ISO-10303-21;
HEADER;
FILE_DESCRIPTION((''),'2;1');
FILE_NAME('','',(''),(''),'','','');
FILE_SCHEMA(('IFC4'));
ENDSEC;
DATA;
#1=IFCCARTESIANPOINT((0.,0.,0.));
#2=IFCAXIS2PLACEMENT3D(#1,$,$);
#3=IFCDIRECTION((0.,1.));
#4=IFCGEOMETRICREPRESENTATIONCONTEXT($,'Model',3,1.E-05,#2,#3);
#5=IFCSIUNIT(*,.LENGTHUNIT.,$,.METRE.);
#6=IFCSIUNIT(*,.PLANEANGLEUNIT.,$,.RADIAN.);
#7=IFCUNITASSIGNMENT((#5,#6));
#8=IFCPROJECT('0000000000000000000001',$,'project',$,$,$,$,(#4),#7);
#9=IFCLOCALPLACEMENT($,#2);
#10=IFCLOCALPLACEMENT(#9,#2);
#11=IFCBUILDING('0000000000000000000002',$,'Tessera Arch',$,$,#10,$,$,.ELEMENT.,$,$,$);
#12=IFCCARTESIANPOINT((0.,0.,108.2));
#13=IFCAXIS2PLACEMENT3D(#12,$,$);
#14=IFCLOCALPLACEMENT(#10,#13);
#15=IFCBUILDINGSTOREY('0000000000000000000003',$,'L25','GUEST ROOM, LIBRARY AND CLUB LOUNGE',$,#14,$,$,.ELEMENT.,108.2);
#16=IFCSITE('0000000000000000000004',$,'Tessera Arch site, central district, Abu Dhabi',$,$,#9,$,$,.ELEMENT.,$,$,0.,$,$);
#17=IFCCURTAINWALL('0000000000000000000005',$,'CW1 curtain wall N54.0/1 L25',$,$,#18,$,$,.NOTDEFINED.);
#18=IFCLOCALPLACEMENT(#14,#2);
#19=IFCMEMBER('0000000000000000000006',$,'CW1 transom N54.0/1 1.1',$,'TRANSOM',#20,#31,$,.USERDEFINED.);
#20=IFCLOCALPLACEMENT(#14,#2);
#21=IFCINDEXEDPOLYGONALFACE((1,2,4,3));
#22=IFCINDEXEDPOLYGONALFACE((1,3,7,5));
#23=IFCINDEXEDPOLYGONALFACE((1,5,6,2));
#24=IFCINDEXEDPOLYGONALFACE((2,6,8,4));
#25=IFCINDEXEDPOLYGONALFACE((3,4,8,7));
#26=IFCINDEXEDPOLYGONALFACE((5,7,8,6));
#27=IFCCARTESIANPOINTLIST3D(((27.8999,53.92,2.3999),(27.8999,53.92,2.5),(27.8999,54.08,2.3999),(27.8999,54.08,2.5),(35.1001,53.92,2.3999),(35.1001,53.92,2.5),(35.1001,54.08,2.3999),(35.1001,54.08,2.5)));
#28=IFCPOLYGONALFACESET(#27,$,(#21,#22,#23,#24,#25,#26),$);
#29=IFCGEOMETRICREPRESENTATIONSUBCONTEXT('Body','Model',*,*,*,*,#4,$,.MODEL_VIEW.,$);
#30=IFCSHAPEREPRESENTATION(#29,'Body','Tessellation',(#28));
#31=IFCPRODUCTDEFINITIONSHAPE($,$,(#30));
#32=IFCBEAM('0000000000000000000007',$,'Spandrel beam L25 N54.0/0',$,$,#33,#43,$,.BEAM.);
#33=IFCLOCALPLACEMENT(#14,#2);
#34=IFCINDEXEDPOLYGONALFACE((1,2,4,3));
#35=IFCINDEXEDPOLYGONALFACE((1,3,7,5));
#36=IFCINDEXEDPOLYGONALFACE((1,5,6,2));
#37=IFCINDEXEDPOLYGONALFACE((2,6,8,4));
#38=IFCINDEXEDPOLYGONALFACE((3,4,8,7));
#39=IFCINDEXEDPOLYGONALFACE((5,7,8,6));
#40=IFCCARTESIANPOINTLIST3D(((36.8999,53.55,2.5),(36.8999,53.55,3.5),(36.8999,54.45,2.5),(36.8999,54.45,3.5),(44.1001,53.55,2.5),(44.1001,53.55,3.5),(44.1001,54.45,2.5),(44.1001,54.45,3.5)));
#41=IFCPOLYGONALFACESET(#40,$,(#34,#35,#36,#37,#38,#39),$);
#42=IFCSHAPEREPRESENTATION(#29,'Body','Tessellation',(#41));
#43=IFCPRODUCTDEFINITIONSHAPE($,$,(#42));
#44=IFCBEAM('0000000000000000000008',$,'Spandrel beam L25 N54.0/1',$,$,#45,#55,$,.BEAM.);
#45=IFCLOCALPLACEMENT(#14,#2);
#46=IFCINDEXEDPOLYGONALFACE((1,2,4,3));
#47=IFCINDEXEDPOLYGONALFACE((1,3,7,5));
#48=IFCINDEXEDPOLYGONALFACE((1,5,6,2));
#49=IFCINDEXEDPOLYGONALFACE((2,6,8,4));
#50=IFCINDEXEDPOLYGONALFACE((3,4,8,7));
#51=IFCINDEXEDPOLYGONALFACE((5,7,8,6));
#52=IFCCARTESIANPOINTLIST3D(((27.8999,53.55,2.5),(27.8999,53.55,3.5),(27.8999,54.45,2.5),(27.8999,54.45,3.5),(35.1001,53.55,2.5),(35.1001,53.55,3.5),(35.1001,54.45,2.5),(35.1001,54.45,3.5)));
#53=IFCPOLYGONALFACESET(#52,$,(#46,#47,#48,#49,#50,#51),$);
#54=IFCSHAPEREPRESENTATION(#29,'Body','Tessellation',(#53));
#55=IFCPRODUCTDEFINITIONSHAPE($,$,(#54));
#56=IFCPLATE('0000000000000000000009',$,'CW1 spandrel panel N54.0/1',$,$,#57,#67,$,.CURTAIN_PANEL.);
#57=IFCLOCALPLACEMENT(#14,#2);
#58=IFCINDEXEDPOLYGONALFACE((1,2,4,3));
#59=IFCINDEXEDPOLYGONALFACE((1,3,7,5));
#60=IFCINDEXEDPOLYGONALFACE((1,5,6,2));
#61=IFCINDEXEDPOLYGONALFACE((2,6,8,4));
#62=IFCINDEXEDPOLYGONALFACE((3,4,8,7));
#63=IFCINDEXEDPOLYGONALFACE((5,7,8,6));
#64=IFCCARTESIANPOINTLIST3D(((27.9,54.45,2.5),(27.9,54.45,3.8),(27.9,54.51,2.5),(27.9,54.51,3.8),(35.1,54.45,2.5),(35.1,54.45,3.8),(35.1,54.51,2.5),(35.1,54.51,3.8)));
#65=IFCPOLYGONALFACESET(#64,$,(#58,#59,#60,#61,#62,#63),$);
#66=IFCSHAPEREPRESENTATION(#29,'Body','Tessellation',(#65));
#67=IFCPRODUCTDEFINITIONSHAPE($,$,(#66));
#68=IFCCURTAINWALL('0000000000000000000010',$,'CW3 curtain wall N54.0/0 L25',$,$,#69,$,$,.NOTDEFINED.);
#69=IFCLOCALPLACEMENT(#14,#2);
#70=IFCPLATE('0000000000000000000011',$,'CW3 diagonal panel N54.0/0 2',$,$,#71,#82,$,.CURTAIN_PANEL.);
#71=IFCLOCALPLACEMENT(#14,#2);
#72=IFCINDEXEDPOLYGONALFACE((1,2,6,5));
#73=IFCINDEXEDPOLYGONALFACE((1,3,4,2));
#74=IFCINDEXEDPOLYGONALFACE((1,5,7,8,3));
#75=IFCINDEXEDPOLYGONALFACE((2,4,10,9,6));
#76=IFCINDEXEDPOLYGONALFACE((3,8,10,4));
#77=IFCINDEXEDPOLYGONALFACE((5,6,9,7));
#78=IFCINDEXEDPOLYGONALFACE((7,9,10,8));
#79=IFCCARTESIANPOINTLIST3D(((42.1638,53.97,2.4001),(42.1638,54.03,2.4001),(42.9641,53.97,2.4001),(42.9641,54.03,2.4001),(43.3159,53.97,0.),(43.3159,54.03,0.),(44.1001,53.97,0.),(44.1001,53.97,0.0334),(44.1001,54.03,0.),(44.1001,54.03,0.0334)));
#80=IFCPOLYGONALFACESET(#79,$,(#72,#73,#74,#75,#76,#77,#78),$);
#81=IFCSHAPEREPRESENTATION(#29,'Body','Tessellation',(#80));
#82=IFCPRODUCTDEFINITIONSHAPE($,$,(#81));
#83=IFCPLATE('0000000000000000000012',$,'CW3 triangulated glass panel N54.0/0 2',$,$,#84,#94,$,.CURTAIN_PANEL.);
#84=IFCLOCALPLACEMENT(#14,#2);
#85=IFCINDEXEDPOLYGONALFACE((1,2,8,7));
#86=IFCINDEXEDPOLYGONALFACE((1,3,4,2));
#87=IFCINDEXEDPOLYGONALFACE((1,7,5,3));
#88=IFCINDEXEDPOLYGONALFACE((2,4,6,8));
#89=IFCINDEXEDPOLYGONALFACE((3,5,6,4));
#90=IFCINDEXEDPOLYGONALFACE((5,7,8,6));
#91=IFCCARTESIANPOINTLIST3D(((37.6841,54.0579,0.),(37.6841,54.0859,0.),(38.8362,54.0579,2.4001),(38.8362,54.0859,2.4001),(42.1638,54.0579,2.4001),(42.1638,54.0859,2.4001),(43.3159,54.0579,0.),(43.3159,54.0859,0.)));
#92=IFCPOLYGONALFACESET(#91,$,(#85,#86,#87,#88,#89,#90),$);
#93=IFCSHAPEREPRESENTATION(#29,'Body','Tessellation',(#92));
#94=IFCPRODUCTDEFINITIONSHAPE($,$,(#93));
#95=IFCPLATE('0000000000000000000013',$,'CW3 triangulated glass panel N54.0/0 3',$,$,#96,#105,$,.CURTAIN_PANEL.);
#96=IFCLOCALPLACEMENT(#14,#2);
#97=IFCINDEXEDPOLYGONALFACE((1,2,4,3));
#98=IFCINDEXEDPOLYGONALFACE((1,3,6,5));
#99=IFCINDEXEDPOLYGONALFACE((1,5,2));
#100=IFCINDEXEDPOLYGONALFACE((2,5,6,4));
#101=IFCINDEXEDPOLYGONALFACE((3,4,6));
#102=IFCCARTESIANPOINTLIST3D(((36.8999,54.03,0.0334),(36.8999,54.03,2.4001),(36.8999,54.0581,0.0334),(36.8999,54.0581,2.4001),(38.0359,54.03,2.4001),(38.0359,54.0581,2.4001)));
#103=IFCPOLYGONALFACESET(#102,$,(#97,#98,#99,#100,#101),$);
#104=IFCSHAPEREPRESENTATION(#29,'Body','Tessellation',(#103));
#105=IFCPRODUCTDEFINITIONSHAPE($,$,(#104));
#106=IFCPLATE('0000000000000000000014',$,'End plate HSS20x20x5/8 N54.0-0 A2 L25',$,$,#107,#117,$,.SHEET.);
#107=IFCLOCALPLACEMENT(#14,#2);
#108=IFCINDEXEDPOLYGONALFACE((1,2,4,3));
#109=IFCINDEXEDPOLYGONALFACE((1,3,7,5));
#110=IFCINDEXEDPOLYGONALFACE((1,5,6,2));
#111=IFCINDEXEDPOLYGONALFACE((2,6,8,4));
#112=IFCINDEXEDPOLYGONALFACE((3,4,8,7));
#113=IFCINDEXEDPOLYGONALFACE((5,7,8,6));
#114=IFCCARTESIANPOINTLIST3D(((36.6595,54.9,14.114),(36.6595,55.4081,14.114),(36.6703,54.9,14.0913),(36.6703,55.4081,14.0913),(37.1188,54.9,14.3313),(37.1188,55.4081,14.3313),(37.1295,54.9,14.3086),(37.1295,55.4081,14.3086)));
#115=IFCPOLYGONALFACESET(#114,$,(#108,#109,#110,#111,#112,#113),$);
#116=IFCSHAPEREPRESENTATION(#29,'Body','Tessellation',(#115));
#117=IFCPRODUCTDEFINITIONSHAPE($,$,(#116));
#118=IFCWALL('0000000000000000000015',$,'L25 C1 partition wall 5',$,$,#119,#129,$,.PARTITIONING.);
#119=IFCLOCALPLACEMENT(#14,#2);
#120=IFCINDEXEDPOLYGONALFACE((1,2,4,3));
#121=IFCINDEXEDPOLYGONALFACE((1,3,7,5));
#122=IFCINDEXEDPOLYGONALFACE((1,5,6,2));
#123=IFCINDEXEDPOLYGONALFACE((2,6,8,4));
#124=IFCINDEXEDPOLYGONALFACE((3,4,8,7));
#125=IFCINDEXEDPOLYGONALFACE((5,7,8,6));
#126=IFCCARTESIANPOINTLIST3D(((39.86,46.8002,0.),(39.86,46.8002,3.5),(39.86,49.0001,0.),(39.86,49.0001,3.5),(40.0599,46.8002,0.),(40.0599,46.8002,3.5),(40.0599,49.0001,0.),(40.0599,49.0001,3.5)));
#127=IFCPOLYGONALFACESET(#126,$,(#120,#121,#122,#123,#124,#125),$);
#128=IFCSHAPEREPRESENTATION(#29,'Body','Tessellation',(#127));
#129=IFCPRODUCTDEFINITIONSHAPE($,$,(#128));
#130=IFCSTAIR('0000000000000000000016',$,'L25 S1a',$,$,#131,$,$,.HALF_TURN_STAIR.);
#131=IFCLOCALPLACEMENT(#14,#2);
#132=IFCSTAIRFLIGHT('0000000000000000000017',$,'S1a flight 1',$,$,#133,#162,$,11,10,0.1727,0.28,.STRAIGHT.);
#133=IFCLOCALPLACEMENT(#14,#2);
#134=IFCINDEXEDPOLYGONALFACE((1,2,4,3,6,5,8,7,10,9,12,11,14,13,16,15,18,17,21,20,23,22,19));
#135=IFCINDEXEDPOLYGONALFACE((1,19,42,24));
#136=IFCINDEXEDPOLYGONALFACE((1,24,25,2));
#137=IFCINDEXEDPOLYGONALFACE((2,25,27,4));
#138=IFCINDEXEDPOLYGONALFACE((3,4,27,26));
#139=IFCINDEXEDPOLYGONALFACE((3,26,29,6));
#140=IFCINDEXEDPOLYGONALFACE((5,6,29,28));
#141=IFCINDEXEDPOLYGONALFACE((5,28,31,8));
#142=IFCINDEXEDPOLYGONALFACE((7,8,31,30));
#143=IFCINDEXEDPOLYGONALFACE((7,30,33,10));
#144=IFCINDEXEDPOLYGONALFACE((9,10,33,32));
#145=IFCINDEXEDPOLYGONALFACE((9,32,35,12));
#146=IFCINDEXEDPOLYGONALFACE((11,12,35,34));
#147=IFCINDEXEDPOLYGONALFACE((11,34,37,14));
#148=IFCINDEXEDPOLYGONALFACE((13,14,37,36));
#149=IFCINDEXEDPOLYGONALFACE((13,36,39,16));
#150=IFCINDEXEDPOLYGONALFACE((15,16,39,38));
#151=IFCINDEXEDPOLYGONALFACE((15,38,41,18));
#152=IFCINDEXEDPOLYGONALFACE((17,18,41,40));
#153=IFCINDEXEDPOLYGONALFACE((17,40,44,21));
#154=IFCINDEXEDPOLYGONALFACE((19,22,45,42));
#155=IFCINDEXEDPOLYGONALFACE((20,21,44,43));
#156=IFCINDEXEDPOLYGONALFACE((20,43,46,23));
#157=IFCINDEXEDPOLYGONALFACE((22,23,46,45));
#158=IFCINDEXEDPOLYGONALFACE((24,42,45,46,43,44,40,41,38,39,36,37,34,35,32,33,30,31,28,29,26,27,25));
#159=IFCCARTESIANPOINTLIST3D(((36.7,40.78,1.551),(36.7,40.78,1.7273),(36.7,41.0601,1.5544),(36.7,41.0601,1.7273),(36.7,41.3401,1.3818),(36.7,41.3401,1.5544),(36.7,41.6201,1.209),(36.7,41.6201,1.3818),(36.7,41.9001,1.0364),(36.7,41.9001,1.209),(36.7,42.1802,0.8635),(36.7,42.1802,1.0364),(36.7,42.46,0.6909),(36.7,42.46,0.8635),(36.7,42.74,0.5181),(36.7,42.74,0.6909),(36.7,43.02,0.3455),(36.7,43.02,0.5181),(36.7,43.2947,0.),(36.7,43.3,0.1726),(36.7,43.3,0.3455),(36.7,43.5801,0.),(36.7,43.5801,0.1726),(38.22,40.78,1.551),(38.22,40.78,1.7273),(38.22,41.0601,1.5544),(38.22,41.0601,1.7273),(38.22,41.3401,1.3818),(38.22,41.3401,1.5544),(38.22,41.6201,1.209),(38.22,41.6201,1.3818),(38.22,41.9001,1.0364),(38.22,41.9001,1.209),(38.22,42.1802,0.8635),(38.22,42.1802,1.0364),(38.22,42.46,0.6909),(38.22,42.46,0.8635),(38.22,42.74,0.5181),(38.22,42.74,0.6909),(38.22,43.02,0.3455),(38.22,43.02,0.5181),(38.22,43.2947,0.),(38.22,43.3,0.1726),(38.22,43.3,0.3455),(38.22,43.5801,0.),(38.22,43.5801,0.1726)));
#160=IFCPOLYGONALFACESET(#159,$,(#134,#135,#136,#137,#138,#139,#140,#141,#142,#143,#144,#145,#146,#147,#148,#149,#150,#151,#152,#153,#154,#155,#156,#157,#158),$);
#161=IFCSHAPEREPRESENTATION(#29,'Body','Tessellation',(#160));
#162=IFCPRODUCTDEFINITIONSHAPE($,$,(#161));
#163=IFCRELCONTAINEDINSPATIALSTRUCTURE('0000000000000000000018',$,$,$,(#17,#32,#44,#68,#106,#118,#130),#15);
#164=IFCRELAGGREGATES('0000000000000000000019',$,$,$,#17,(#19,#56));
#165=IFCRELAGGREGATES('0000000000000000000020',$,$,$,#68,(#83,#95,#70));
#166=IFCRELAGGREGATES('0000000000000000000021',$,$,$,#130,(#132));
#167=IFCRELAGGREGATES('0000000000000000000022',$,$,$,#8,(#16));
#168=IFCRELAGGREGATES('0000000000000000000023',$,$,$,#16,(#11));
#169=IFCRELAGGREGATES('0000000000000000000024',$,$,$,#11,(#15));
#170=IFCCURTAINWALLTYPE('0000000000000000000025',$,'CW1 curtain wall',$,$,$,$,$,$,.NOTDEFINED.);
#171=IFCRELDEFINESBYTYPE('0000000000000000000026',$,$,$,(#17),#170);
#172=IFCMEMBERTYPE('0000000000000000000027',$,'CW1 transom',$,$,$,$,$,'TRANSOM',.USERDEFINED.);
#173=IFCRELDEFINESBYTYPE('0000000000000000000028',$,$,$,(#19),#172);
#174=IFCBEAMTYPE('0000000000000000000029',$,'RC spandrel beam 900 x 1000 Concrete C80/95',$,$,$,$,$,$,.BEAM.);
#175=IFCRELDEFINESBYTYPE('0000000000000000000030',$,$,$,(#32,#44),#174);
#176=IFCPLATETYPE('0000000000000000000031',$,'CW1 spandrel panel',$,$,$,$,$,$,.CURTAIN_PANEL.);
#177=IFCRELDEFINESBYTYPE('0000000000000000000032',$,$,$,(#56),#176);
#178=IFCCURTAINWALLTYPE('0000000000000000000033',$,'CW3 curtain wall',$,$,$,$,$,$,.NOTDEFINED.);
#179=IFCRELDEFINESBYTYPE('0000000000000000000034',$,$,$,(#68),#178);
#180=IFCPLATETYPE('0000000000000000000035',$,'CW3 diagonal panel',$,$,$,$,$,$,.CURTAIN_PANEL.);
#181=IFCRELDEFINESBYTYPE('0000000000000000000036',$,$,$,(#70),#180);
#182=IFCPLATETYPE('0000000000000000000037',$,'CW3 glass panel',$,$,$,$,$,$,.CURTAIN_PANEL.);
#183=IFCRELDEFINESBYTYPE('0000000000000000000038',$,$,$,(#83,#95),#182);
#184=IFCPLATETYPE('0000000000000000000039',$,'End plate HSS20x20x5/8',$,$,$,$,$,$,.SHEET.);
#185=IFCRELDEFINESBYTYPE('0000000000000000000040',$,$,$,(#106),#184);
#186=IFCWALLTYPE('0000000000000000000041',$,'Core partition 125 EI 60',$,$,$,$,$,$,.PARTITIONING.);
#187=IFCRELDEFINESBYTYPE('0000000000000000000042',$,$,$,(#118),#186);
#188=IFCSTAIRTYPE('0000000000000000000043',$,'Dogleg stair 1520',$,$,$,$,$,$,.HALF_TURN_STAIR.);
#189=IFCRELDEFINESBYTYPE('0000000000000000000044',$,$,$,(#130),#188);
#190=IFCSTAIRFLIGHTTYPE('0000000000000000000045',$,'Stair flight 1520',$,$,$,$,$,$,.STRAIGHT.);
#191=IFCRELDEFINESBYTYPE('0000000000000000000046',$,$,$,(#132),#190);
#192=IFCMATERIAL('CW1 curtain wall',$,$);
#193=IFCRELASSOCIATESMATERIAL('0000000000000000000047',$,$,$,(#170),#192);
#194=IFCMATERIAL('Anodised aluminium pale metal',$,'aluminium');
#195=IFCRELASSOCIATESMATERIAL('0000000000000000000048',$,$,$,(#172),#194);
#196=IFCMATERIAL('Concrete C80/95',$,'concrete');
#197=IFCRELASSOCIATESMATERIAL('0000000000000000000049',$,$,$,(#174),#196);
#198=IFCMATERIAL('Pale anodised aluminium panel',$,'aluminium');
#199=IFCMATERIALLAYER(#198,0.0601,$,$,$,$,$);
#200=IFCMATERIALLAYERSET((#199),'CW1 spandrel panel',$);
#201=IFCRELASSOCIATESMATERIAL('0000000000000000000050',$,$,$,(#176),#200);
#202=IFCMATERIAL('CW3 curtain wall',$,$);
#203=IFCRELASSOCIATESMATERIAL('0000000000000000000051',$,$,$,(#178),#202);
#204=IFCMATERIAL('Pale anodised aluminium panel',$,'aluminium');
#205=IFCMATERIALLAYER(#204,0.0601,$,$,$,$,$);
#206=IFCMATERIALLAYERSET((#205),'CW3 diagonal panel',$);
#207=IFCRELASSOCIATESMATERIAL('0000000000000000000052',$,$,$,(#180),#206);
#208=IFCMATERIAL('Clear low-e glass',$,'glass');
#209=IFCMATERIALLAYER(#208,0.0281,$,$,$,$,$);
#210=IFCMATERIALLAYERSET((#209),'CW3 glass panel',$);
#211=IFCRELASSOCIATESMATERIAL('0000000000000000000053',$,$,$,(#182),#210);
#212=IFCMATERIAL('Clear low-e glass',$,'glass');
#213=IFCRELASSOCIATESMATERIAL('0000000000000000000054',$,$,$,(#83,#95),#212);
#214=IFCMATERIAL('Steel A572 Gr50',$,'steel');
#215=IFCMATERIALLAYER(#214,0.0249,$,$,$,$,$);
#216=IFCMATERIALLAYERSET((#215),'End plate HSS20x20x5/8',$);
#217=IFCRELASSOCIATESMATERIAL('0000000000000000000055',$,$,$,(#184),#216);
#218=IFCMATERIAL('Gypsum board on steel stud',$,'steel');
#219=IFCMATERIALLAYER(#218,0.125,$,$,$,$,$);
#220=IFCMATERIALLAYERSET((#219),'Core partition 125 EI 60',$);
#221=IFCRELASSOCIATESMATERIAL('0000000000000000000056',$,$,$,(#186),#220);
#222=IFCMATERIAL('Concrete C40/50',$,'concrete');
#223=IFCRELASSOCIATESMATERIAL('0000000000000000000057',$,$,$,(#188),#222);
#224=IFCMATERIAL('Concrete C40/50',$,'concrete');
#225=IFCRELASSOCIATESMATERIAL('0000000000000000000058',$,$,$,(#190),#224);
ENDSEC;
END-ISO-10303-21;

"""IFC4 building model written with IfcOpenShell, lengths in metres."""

from ifc_helpers import new_model, si_unit, direction, frame, frame_2d, origin, origin_2d, place, context, subcontext, project, spatial, polyline, rectangle, outline, extrude, material, layer, layer_set, material_profile, profile_set, type_object, element, aggregate, save


model = new_model("IFC4")

# Units and contexts
model_context = context("Model", 3, precision=1e-05, world=origin(), true_north=direction((0.0, 1.0)))
body_context = subcontext(model_context, "Body", "Model", "MODEL_VIEW")
ifc_project = project(units=[si_unit("LENGTHUNIT", "METRE"), si_unit("PLANEANGLEUNIT", "RADIAN")], contexts=[model_context])

# Site, building, storey
site_placement = place(None, origin())
site = spatial("IfcSite", under=ifc_project, at=site_placement, Name="Tessera Arch site, central district, Abu Dhabi", CompositionType="ELEMENT", RefElevation=0.0)
building_placement = place(site_placement, origin())
building = spatial("IfcBuilding", under=site, at=building_placement, Name="Tessera Arch", CompositionType="ELEMENT")
storey_placement = place(building_placement, frame((0.0, 0.0, 108.2)))
storey = spatial("IfcBuildingStorey", under=building, at=storey_placement, Name="L25", Description="GUEST ROOM, LIBRARY AND CLUB LOUNGE", CompositionType="ELEMENT", Elevation=108.2)

# Curtain wall, member
ifc_material_1 = material(Name="CW1 curtain wall")
curtain_wall_type_1 = type_object("IfcCurtainWallType", Name="CW1 curtain wall", PredefinedType="NOTDEFINED", material=ifc_material_1)
curtain_wall_1_placement = place(storey_placement, origin())
curtain_wall_1 = element("IfcCurtainWall", 1, at=curtain_wall_1_placement, inside=storey, type_object=curtain_wall_type_1, Name="CW1 curtain wall N54.0/1 L25", PredefinedType="NOTDEFINED")
ifc_material_2 = material(Name="Anodised aluminium pale metal", Category="aluminium")
ifc_material_profile_1 = material_profile(ifc_material_2, rectangle(XDim=0.1599, YDim=0.1001, at=origin_2d()), Name="AL 160x100")
ifc_profile_set_1 = profile_set([ifc_material_profile_1], Name="Anodised aluminium pale metal")
member_type = type_object("IfcMemberType", Name="CW1 transom", ElementType="TRANSOM", PredefinedType="USERDEFINED", material=ifc_profile_set_1)
member_placement = place(storey_placement, frame((35.1001, 54.0, 2.45), z_axis=(-1.0, 0.0, 0.0), x_axis=(0.0, -1.0, 0.0)))
member = element("IfcMember", 2, at=member_placement, type_object=member_type, Name="CW1 transom N54.0/1 1.1", ObjectType="TRANSOM", PredefinedType="USERDEFINED", context=body_context, shape_type="SweptSolid", body=[
    extrude(rectangle(XDim=0.1599, YDim=0.1001, at=origin_2d()), origin(), (0.0, 0.0, 1.0), 7.2002),
])

# Beams
ifc_material_3 = material(Name="Concrete C80/95", Category="concrete")
ifc_material_profile_2 = material_profile(ifc_material_3, rectangle(XDim=0.8999, YDim=1.0, at=origin_2d()), Name="RC spandrel beam 900 x 1000 Concrete C80/95")
ifc_profile_set_2 = profile_set([ifc_material_profile_2], Name="Concrete C80/95")
beam_type = type_object("IfcBeamType", Name="RC spandrel beam 900 x 1000 Concrete C80/95", PredefinedType="BEAM", material=ifc_profile_set_2)
for number, where, z_axis, x_axis, name in (
    (3, (44.1001, 54.0, 3.0), (-1.0, 0.0, 0.0), (0.0, -1.0, 0.0), "Spandrel beam L25 N54.0/0"),
    (4, (35.1001, 54.0, 3.0), (-1.0, 0.0, 0.0), (0.0, -1.0, 0.0), "Spandrel beam L25 N54.0/1"),
):
    element("IfcBeam", number, at=place(storey_placement, frame(where, z_axis=z_axis, x_axis=x_axis)), inside=storey, type_object=beam_type, Name=name, PredefinedType="BEAM", context=body_context, shape_type="SweptSolid", body=[
        extrude(rectangle(XDim=0.8999, YDim=1.0, at=origin_2d()), origin(), (0.0, 0.0, 1.0), 7.2002),
    ])

# Plate
ifc_material_4 = material(Name="Pale anodised aluminium panel", Category="aluminium")
ifc_layer_1 = layer(ifc_material_4, 0.0601)
ifc_layer_set_1 = layer_set([ifc_layer_1], Name="CW1 spandrel panel")
plate_type_1 = type_object("IfcPlateType", Name="CW1 spandrel panel", PredefinedType="CURTAIN_PANEL", material=ifc_layer_set_1)
plate_1_placement = place(storey_placement, frame((31.5, 54.48, 2.5), z_axis=(0.0, 0.0, 1.0), x_axis=(-1.0, 0.0, 0.0)))
plate_1 = element("IfcPlate", 5, at=plate_1_placement, type_object=plate_type_1, Name="CW1 spandrel panel N54.0/1", PredefinedType="CURTAIN_PANEL", context=body_context, shape_type="SweptSolid", body=[
    extrude(rectangle(XDim=7.2, YDim=0.0601, at=origin_2d()), origin(), (0.0, 0.0, 1.0), 1.3),
])
aggregate(curtain_wall_1, [member, plate_1])

# Curtain wall, plates
ifc_material_5 = material(Name="CW3 curtain wall")
curtain_wall_type_2 = type_object("IfcCurtainWallType", Name="CW3 curtain wall", PredefinedType="NOTDEFINED", material=ifc_material_5)
curtain_wall_2_placement = place(storey_placement, origin())
curtain_wall_2 = element("IfcCurtainWall", 6, at=curtain_wall_2_placement, inside=storey, type_object=curtain_wall_type_2, Name="CW3 curtain wall N54.0/0 L25", PredefinedType="NOTDEFINED")
ifc_material_6 = material(Name="Pale anodised aluminium panel", Category="aluminium")
ifc_layer_2 = layer(ifc_material_6, 0.0601)
ifc_layer_set_2 = layer_set([ifc_layer_2], Name="CW3 diagonal panel")
plate_type_2 = type_object("IfcPlateType", Name="CW3 diagonal panel", PredefinedType="CURTAIN_PANEL", material=ifc_layer_set_2)
plate_2_placement = place(storey_placement, frame((42.1638, 54.03, 2.4001), z_axis=(0.0, 1.0, 0.0), x_axis=(1.0, 0.0, 0.0)))
plate_2 = element("IfcPlate", 7, at=plate_2_placement, type_object=plate_type_2, Name="CW3 diagonal panel N54.0/0 2", PredefinedType="CURTAIN_PANEL", context=body_context, shape_type="SweptSolid", body=[
    extrude(outline(polyline([(0.0, 0.0), (0.8003, 0.0), (1.9363, 2.3667), (1.9363, 2.4001), (1.1521, 2.4001), (0.0, 0.0)])), origin(), (0.0, 0.0, -1.0), 0.0601),
])
ifc_material_7 = material(Name="Clear low-e glass", Category="glass")
ifc_material_8 = material(Name="Clear low-e glass", Category="glass")
ifc_layer_3 = layer(ifc_material_8, 0.0281)
ifc_layer_set_3 = layer_set([ifc_layer_3], Name="CW3 glass panel")
plate_type_3 = type_object("IfcPlateType", Name="CW3 glass panel", PredefinedType="CURTAIN_PANEL", material=ifc_layer_set_3)
plate_3_placement = place(storey_placement, frame((38.8362, 54.0859, 2.4001), z_axis=(0.0, 1.0, 0.0), x_axis=(1.0, 0.0, 0.0)))
plate_3 = element("IfcPlate", 8, at=plate_3_placement, type_object=plate_type_3, material=ifc_material_7, Name="CW3 triangulated glass panel N54.0/0 2", PredefinedType="CURTAIN_PANEL", context=body_context, shape_type="SweptSolid", body=[
    extrude(outline(polyline([(0.0, 0.0), (3.3276, 0.0), (4.4797, 2.4001), (-1.1521, 2.4001), (0.0, 0.0)])), origin(), (0.0, 0.0, -1.0), 0.0281),
])
plate_4_placement = place(storey_placement, frame((36.8999, 54.0581, 2.4001), z_axis=(0.0, 1.0, 0.0), x_axis=(1.0, 0.0, 0.0)))
plate_4 = element("IfcPlate", 9, at=plate_4_placement, type_object=plate_type_3, material=ifc_material_7, Name="CW3 triangulated glass panel N54.0/0 3", PredefinedType="CURTAIN_PANEL", context=body_context, shape_type="SweptSolid", body=[
    extrude(outline(polyline([(0.0, 0.0), (1.136, 0.0), (0.0, 2.3667), (0.0, 0.0)])), origin(), (0.0, 0.0, -1.0), 0.0281),
])
aggregate(curtain_wall_2, [plate_3, plate_4, plate_2])

# Plate
ifc_material_9 = material(Name="Steel A572 Gr50", Category="steel")
ifc_layer_4 = layer(ifc_material_9, 0.0249)
ifc_layer_set_4 = layer_set([ifc_layer_4], Name="End plate HSS20x20x5/8")
plate_type_4 = type_object("IfcPlateType", Name="End plate HSS20x20x5/8", PredefinedType="SHEET", material=ifc_layer_set_4)
plate_5_placement = place(storey_placement, frame((36.8999, 55.1541, 14.2), z_axis=(-0.427668, 0.0, 0.903936), x_axis=(0.0, -1.0, 0.0)))
element("IfcPlate", 10, at=plate_5_placement, inside=storey, type_object=plate_type_4, Name="End plate HSS20x20x5/8 N54.0-0 A2 L25", PredefinedType="SHEET", context=body_context, shape_type="SweptSolid", body=[
    extrude(rectangle(XDim=0.5081, YDim=0.5081, at=origin_2d()), origin(), (0.0, 0.0, 1.0), 0.0251),
])

# Wall
ifc_material_10 = material(Name="Gypsum board on steel stud", Category="steel")
ifc_layer_5 = layer(ifc_material_10, 0.125)
ifc_layer_set_5 = layer_set([ifc_layer_5], Name="Core partition 125 EI 60")
wall_type = type_object("IfcWallType", Name="Core partition 125 EI 60", PredefinedType="PARTITIONING", material=ifc_layer_set_5)
wall_placement = place(storey_placement, frame((39.96, 46.8, 0.0), z_axis=(0.0, 0.0, 1.0), x_axis=(0.0, 1.0, 0.0)))
element("IfcWall", 11, at=wall_placement, inside=storey, type_object=wall_type, Name="L25 C1 partition wall 5", PredefinedType="PARTITIONING", context=body_context, shape_type="SweptSolid", body=[
    extrude(rectangle(XDim=2.2, YDim=0.2, at=frame_2d((1.1001, 0.0))), origin(), (0.0, 0.0, 1.0), 3.5),
])

# Stair, stair flight
ifc_material_11 = material(Name="Concrete C40/50", Category="concrete")
stair_type = type_object("IfcStairType", Name="Dogleg stair 1520", PredefinedType="HALF_TURN_STAIR", material=ifc_material_11)
stair_1_placement = place(storey_placement, origin())
stair_1 = element("IfcStair", 12, at=stair_1_placement, inside=storey, type_object=stair_type, Name="L25 S1a", PredefinedType="HALF_TURN_STAIR")
ifc_material_12 = material(Name="Concrete C40/50", Category="concrete")
stair_flight_type = type_object("IfcStairFlightType", Name="Stair flight 1520", PredefinedType="STRAIGHT", material=ifc_material_12)
stair_flight_1_placement = place(storey_placement, frame((37.46, 43.5801, 0.0), z_axis=(0.0, 0.0, 1.0), x_axis=(0.0, -1.0, 0.0)))
stair_flight_1 = element("IfcStairFlight", 13, at=stair_flight_1_placement, type_object=stair_flight_type, Name="S1a flight 1", NumberOfRisers=11, NumberOfTreads=10, PredefinedType="STRAIGHT", RiserHeight=0.1727, TreadLength=0.28, context=body_context, shape_type="SweptSolid", body=[
    extrude(outline(polyline([(0.0, 0.0), (0.0, 0.1726), (0.28, 0.1726), (0.28, 0.3455), (0.5601, 0.3455), (0.5601, 0.5181), (0.8401, 0.5181), (0.8401, 0.6909), (1.1201, 0.6909), (1.1201, 0.8635), (1.3999, 0.8635), (1.3999, 1.0364), (1.6799, 1.0364), (1.6799, 1.209), (1.96, 1.209), (1.96, 1.3818), (2.24, 1.3818), (2.24, 1.5544), (2.52, 1.5544), (2.52, 1.7273), (2.8, 1.7273), (2.8, 1.8999), (2.8, 1.551), (0.2854, 0.0), (0.0, 0.0)])), frame((0.0, 0.76, 0.0), z_axis=(0.0, -1.0, 0.0), x_axis=(1.0, 0.0, 0.0)), (0.0, 0.0, 1.0), 1.52),
])
aggregate(stair_1, [stair_flight_1])

save(model, "model.ifc")
